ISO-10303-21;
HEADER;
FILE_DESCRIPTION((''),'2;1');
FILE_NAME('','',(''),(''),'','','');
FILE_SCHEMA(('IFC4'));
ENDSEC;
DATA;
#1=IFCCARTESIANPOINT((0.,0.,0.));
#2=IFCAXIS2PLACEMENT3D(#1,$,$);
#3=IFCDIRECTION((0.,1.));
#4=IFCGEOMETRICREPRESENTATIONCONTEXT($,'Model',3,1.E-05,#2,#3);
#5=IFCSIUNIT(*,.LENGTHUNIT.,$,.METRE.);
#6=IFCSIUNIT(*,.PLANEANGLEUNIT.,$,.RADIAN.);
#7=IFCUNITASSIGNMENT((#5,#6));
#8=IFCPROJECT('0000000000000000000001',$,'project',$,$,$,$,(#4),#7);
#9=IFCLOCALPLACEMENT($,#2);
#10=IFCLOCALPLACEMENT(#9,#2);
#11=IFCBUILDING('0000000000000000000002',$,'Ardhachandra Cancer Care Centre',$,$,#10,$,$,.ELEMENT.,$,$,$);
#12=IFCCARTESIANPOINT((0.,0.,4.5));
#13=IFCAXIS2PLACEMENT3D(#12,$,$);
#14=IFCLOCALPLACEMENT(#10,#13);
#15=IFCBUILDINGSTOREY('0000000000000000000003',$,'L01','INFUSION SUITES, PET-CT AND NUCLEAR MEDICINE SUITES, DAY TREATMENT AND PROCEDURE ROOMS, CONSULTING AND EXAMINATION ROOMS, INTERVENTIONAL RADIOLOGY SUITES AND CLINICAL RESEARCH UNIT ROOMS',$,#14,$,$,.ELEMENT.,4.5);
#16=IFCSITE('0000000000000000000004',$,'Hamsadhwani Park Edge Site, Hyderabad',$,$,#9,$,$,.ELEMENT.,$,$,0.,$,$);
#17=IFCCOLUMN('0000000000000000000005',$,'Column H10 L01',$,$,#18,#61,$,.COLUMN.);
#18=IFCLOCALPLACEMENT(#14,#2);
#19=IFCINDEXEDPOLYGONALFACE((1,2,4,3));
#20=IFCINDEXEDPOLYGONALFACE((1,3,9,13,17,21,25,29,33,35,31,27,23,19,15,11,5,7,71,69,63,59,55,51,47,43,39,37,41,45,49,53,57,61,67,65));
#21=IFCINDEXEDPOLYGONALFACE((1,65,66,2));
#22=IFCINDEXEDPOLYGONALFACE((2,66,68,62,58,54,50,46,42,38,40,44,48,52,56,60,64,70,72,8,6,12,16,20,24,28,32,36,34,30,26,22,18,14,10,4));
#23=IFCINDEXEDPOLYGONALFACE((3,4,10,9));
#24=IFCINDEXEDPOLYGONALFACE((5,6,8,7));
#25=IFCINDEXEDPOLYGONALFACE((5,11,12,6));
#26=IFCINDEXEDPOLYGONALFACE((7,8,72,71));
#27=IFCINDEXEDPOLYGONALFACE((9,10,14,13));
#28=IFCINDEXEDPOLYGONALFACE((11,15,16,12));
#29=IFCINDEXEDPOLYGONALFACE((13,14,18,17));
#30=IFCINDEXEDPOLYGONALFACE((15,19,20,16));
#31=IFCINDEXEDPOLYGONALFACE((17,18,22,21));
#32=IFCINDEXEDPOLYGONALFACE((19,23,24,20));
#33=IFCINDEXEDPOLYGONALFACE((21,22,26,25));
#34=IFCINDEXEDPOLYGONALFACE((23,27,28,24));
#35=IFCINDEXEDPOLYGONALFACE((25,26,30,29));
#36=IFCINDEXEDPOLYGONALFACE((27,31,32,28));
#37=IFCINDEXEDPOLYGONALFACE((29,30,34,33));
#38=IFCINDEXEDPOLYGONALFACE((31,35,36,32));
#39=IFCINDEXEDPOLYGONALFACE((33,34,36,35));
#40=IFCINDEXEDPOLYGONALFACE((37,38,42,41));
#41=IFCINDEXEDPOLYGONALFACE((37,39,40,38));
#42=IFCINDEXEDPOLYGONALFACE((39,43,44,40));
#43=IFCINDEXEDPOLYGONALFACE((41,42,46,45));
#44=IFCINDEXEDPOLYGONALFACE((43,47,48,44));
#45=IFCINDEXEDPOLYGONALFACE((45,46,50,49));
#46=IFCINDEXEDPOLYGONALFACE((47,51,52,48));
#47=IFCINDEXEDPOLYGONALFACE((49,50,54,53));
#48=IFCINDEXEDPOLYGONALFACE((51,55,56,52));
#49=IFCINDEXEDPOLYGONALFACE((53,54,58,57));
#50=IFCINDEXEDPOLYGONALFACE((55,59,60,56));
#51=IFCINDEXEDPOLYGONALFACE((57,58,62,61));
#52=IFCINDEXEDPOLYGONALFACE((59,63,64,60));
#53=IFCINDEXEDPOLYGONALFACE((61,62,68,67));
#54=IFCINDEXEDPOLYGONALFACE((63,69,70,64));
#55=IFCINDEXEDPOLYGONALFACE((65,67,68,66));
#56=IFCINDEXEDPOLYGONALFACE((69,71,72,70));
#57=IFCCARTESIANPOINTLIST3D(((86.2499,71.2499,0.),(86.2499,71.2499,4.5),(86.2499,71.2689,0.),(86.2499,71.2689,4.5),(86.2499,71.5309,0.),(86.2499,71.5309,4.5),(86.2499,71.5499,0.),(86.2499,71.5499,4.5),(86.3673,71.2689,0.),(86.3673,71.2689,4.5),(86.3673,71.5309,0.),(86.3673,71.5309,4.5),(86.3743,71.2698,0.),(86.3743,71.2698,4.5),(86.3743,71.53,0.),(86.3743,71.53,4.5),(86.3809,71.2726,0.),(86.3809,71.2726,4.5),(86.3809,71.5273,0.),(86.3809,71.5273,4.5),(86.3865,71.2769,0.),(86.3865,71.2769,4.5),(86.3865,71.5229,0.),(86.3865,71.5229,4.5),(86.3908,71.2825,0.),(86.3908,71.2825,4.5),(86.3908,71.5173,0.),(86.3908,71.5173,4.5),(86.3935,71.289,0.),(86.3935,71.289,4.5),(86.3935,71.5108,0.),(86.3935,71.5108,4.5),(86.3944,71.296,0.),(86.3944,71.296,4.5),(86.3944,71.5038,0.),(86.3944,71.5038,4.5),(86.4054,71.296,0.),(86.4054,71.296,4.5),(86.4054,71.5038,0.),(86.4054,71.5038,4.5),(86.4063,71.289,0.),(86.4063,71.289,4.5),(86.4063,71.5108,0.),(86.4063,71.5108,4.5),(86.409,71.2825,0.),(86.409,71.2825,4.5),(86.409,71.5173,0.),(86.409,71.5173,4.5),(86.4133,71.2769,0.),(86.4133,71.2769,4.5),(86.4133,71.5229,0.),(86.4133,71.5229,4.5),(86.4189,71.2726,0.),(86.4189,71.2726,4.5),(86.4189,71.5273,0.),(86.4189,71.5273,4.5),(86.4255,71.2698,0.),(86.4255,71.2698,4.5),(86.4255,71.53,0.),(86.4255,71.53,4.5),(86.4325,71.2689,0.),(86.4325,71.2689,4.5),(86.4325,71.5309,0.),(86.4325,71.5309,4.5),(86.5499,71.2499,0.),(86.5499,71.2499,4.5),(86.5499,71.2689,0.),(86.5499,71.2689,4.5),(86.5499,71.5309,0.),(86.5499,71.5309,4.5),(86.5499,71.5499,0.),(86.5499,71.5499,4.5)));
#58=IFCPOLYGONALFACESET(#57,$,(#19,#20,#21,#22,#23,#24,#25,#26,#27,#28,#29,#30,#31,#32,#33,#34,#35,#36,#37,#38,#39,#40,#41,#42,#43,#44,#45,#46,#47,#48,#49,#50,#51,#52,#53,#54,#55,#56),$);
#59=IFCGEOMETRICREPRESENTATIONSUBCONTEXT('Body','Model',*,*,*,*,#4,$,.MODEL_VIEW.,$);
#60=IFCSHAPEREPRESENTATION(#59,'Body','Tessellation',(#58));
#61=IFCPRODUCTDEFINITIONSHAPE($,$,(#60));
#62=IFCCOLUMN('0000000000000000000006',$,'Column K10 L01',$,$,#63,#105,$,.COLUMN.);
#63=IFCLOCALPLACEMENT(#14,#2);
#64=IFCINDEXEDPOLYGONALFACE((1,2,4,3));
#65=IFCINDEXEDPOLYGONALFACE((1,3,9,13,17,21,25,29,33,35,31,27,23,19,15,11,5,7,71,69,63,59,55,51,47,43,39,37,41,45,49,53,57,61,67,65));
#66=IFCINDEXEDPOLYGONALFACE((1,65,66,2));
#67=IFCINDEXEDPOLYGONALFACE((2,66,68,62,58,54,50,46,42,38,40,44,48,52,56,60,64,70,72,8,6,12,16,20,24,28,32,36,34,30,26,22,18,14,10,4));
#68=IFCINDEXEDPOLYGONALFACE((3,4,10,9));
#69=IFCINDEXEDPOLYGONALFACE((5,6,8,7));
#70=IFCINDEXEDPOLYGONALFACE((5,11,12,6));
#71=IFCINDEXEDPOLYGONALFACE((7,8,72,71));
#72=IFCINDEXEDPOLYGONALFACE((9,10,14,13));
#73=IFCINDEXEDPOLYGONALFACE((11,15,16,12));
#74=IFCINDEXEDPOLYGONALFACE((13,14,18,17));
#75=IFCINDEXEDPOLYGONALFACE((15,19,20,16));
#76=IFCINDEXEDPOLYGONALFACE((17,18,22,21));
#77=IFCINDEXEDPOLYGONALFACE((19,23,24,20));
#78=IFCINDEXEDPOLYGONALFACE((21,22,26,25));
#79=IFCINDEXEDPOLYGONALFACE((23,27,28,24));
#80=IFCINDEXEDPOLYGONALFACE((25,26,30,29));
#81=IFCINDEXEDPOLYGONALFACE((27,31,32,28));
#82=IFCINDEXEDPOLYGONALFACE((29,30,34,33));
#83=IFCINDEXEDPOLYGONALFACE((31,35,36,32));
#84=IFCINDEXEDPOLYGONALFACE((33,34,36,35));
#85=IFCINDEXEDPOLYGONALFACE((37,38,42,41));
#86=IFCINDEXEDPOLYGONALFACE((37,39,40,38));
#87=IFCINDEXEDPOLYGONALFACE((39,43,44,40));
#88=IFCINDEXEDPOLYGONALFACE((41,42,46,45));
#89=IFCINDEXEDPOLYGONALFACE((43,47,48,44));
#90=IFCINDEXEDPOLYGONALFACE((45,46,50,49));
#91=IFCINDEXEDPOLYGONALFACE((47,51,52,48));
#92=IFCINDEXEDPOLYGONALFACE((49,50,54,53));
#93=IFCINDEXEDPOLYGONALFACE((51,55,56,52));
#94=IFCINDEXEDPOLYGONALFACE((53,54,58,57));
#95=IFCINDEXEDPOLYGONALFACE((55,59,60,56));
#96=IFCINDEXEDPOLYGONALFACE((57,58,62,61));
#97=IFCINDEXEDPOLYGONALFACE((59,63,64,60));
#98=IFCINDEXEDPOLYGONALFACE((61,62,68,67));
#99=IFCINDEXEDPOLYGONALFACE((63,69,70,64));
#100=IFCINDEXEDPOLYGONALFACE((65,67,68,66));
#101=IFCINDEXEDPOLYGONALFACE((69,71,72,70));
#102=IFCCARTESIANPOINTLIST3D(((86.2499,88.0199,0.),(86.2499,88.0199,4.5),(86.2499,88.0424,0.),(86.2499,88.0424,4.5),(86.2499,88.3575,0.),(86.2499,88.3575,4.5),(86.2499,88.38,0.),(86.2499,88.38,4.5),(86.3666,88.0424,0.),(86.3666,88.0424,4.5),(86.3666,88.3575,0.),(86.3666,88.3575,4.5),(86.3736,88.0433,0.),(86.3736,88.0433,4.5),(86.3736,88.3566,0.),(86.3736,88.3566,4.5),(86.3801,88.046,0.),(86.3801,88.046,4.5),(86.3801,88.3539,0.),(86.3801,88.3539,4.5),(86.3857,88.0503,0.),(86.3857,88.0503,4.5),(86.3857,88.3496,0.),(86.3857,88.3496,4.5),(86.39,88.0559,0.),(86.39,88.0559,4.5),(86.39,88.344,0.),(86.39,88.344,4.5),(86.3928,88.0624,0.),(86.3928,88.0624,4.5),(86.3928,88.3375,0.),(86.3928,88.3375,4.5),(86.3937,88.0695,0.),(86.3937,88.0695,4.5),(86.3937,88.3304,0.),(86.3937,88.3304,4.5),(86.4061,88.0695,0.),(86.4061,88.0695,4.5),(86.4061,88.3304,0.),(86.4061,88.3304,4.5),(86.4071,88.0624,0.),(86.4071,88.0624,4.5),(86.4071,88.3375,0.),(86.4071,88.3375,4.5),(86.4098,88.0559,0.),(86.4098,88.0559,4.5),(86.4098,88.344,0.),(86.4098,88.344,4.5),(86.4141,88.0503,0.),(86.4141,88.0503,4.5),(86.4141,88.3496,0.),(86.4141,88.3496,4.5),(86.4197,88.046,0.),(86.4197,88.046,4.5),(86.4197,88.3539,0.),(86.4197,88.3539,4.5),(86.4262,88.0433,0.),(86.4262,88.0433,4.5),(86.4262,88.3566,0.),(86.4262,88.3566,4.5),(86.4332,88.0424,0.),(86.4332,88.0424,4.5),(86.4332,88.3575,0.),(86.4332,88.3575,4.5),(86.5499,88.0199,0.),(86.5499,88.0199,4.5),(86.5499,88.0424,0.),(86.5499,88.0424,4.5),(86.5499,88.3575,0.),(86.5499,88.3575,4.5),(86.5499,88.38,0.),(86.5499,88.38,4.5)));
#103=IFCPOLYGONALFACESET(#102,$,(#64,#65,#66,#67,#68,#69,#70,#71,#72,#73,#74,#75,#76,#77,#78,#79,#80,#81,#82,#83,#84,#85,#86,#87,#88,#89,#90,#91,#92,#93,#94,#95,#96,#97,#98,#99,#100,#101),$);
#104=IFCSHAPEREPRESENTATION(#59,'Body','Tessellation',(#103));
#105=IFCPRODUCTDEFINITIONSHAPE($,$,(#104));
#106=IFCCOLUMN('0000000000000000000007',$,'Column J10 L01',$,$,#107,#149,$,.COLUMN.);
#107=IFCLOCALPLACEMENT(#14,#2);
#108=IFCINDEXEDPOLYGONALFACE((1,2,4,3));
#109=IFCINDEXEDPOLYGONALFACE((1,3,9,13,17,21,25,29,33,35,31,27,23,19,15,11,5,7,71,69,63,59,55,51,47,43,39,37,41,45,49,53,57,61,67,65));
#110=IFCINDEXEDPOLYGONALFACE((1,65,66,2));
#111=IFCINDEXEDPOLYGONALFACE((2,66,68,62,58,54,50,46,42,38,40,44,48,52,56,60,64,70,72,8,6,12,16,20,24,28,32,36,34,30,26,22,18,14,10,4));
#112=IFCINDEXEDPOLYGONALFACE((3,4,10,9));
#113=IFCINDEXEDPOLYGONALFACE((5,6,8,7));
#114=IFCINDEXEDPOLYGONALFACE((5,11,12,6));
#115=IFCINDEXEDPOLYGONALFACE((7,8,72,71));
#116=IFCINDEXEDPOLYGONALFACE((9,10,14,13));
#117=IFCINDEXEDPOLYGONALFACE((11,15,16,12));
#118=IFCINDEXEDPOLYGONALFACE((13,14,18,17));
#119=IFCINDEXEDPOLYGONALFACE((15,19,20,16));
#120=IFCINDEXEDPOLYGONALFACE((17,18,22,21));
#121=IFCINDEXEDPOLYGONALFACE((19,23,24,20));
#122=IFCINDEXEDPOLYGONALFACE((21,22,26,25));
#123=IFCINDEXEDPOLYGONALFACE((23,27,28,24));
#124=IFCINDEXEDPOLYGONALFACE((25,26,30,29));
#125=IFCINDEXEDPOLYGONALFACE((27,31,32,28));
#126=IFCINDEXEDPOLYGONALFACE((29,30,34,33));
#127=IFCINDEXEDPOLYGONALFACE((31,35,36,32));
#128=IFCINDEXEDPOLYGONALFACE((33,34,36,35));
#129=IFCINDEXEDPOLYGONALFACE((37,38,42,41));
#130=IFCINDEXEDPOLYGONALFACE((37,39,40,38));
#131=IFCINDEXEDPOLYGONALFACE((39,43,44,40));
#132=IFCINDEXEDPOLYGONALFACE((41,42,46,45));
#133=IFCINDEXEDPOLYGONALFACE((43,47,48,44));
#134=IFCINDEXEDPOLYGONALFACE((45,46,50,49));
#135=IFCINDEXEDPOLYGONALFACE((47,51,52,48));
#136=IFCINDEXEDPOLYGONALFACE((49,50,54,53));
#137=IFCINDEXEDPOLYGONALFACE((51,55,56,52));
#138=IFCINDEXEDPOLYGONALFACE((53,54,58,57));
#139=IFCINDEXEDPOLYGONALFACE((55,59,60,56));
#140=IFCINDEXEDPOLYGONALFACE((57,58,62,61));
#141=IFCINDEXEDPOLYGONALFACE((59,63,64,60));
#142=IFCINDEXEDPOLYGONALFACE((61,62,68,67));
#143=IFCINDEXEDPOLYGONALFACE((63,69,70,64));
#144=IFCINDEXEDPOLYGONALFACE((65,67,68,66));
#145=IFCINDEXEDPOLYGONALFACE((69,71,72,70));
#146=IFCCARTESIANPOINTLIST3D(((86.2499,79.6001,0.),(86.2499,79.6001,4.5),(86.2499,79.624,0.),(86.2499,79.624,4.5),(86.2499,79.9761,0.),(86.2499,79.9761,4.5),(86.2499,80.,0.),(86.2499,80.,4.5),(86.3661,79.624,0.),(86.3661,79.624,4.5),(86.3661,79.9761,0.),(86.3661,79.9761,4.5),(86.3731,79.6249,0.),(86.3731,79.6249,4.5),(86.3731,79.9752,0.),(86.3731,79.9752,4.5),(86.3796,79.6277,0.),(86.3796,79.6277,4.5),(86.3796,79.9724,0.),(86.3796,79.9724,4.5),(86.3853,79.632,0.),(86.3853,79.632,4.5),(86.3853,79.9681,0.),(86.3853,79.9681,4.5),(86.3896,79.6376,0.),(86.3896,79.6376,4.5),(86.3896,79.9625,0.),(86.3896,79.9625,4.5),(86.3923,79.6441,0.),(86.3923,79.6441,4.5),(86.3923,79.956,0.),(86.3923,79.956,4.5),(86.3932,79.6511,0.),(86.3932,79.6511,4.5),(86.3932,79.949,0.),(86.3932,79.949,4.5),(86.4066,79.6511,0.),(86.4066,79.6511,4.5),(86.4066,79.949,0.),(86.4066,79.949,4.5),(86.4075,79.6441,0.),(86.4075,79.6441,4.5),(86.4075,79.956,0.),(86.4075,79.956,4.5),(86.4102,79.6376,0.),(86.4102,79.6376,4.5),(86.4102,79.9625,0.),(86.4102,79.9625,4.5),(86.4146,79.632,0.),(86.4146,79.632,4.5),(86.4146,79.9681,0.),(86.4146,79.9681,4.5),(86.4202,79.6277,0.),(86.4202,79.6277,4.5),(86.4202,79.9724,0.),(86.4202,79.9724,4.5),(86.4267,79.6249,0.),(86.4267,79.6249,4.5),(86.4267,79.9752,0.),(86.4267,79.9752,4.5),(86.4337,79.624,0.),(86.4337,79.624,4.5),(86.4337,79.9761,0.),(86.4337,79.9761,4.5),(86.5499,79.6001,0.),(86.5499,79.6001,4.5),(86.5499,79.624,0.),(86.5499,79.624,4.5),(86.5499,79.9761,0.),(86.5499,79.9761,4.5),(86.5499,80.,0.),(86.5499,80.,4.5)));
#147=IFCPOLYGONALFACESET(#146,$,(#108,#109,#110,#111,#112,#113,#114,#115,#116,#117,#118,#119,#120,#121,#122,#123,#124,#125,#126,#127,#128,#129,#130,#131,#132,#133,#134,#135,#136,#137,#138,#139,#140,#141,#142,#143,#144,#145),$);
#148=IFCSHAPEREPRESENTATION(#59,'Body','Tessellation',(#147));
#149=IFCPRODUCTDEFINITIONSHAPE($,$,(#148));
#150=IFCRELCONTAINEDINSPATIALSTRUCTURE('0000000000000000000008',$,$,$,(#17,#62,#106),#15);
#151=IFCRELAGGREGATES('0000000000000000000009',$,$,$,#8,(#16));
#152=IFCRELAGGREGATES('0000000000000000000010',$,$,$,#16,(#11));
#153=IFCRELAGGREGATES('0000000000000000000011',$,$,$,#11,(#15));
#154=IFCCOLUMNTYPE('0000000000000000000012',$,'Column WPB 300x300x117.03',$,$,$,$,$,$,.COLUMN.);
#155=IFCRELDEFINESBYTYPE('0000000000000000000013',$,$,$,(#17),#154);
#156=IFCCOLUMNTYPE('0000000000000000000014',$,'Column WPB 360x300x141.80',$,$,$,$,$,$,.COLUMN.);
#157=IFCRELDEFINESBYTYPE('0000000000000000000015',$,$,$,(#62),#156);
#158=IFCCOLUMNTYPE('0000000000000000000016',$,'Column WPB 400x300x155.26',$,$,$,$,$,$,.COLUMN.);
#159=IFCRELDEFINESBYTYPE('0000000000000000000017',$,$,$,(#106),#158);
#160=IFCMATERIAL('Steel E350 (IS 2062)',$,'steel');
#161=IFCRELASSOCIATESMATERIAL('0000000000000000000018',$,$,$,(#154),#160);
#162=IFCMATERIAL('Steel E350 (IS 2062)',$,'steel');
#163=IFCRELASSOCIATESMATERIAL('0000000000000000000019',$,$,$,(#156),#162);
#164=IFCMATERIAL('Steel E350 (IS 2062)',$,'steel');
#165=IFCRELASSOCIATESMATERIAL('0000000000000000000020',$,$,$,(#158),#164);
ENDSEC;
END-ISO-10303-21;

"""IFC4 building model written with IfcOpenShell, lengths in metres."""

from ifc_helpers import new_model, si_unit, direction, frame, origin, origin_2d, place, context, subcontext, project, spatial, i_section, extrude, material, material_profile, profile_set, type_object, element, save


model = new_model("IFC4")

# Units and contexts
model_context = context("Model", 3, precision=1e-05, world=origin(), true_north=direction((0.0, 1.0)))
body_context = subcontext(model_context, "Body", "Model", "MODEL_VIEW")
ifc_project = project(units=[si_unit("LENGTHUNIT", "METRE"), si_unit("PLANEANGLEUNIT", "RADIAN")], contexts=[model_context])

# Site, building, storey
site_placement = place(None, origin())
site = spatial("IfcSite", under=ifc_project, at=site_placement, Name="Hamsadhwani Park Edge Site, Hyderabad", CompositionType="ELEMENT", RefElevation=0.0)
building_placement = place(site_placement, origin())
building = spatial("IfcBuilding", under=site, at=building_placement, Name="Ardhachandra Cancer Care Centre", CompositionType="ELEMENT")
storey_placement = place(building_placement, frame((0.0, 0.0, 4.5)))
storey = spatial("IfcBuildingStorey", under=building, at=storey_placement, Name="L01", Description="INFUSION SUITES, PET-CT AND NUCLEAR MEDICINE SUITES, DAY TREATMENT AND PROCEDURE ROOMS, CONSULTING AND EXAMINATION ROOMS, INTERVENTIONAL RADIOLOGY SUITES AND CLINICAL RESEARCH UNIT ROOMS", CompositionType="ELEMENT", Elevation=4.5)

# Columns
ifc_material_1 = material(Name="Steel E350 (IS 2062)", Category="steel")
ifc_material_profile_1 = material_profile(ifc_material_1, i_section(OverallWidth=0.3, OverallDepth=0.3, WebThickness=0.011, FlangeThickness=0.019, FilletRadius=0.0271, at=origin_2d()), Name="WPB 300x300x117.03")
ifc_profile_set_1 = profile_set([ifc_material_profile_1], Name="Steel E350 (IS 2062)")
column_type_1 = type_object("IfcColumnType", Name="Column WPB 300x300x117.03", PredefinedType="COLUMN", material=ifc_profile_set_1)
column_1_placement = place(storey_placement, frame((86.3999, 71.3999, 0.0), z_axis=(0.0, 0.0, 1.0), x_axis=(1.0, 0.0, 0.0)))
element("IfcColumn", 1, at=column_1_placement, inside=storey, type_object=column_type_1, Name="Column H10 L01", PredefinedType="COLUMN", context=body_context, shape_type="SweptSolid", body=[
    extrude(i_section(OverallWidth=0.3, OverallDepth=0.3, WebThickness=0.011, FlangeThickness=0.019, FilletRadius=0.0271, at=origin_2d()), origin(), (0.0, 0.0, 1.0), 4.5),
])
ifc_material_2 = material(Name="Steel E350 (IS 2062)", Category="steel")
ifc_material_profile_2 = material_profile(ifc_material_2, i_section(OverallWidth=0.3, OverallDepth=0.3601, WebThickness=0.0125, FlangeThickness=0.0225, FilletRadius=0.0271, at=origin_2d()), Name="WPB 360x300x141.80")
ifc_profile_set_2 = profile_set([ifc_material_profile_2], Name="Steel E350 (IS 2062)")
column_type_2 = type_object("IfcColumnType", Name="Column WPB 360x300x141.80", PredefinedType="COLUMN", material=ifc_profile_set_2)
column_2_placement = place(storey_placement, frame((86.3999, 88.2, 0.0), z_axis=(0.0, 0.0, 1.0), x_axis=(1.0, 0.0, 0.0)))
element("IfcColumn", 2, at=column_2_placement, inside=storey, type_object=column_type_2, Name="Column K10 L01", PredefinedType="COLUMN", context=body_context, shape_type="SweptSolid", body=[
    extrude(i_section(OverallWidth=0.3, OverallDepth=0.3601, WebThickness=0.0125, FlangeThickness=0.0225, FilletRadius=0.0271, at=origin_2d()), origin(), (0.0, 0.0, 1.0), 4.5),
])
ifc_material_3 = material(Name="Steel E350 (IS 2062)", Category="steel")
ifc_material_profile_3 = material_profile(ifc_material_3, i_section(OverallWidth=0.3, OverallDepth=0.3999, WebThickness=0.0134, FlangeThickness=0.0239, FilletRadius=0.0271, at=origin_2d()), Name="WPB 400x300x155.26")
ifc_profile_set_3 = profile_set([ifc_material_profile_3], Name="Steel E350 (IS 2062)")
column_type_3 = type_object("IfcColumnType", Name="Column WPB 400x300x155.26", PredefinedType="COLUMN", material=ifc_profile_set_3)
column_3_placement = place(storey_placement, frame((86.3999, 79.8, 0.0), z_axis=(0.0, 0.0, 1.0), x_axis=(1.0, 0.0, 0.0)))
element("IfcColumn", 3, at=column_3_placement, inside=storey, type_object=column_type_3, Name="Column J10 L01", PredefinedType="COLUMN", context=body_context, shape_type="SweptSolid", body=[
    extrude(i_section(OverallWidth=0.3, OverallDepth=0.3999, WebThickness=0.0134, FlangeThickness=0.0239, FilletRadius=0.0271, at=origin_2d()), origin(), (0.0, 0.0, 1.0), 4.5),
])

save(model, "model.ifc")
